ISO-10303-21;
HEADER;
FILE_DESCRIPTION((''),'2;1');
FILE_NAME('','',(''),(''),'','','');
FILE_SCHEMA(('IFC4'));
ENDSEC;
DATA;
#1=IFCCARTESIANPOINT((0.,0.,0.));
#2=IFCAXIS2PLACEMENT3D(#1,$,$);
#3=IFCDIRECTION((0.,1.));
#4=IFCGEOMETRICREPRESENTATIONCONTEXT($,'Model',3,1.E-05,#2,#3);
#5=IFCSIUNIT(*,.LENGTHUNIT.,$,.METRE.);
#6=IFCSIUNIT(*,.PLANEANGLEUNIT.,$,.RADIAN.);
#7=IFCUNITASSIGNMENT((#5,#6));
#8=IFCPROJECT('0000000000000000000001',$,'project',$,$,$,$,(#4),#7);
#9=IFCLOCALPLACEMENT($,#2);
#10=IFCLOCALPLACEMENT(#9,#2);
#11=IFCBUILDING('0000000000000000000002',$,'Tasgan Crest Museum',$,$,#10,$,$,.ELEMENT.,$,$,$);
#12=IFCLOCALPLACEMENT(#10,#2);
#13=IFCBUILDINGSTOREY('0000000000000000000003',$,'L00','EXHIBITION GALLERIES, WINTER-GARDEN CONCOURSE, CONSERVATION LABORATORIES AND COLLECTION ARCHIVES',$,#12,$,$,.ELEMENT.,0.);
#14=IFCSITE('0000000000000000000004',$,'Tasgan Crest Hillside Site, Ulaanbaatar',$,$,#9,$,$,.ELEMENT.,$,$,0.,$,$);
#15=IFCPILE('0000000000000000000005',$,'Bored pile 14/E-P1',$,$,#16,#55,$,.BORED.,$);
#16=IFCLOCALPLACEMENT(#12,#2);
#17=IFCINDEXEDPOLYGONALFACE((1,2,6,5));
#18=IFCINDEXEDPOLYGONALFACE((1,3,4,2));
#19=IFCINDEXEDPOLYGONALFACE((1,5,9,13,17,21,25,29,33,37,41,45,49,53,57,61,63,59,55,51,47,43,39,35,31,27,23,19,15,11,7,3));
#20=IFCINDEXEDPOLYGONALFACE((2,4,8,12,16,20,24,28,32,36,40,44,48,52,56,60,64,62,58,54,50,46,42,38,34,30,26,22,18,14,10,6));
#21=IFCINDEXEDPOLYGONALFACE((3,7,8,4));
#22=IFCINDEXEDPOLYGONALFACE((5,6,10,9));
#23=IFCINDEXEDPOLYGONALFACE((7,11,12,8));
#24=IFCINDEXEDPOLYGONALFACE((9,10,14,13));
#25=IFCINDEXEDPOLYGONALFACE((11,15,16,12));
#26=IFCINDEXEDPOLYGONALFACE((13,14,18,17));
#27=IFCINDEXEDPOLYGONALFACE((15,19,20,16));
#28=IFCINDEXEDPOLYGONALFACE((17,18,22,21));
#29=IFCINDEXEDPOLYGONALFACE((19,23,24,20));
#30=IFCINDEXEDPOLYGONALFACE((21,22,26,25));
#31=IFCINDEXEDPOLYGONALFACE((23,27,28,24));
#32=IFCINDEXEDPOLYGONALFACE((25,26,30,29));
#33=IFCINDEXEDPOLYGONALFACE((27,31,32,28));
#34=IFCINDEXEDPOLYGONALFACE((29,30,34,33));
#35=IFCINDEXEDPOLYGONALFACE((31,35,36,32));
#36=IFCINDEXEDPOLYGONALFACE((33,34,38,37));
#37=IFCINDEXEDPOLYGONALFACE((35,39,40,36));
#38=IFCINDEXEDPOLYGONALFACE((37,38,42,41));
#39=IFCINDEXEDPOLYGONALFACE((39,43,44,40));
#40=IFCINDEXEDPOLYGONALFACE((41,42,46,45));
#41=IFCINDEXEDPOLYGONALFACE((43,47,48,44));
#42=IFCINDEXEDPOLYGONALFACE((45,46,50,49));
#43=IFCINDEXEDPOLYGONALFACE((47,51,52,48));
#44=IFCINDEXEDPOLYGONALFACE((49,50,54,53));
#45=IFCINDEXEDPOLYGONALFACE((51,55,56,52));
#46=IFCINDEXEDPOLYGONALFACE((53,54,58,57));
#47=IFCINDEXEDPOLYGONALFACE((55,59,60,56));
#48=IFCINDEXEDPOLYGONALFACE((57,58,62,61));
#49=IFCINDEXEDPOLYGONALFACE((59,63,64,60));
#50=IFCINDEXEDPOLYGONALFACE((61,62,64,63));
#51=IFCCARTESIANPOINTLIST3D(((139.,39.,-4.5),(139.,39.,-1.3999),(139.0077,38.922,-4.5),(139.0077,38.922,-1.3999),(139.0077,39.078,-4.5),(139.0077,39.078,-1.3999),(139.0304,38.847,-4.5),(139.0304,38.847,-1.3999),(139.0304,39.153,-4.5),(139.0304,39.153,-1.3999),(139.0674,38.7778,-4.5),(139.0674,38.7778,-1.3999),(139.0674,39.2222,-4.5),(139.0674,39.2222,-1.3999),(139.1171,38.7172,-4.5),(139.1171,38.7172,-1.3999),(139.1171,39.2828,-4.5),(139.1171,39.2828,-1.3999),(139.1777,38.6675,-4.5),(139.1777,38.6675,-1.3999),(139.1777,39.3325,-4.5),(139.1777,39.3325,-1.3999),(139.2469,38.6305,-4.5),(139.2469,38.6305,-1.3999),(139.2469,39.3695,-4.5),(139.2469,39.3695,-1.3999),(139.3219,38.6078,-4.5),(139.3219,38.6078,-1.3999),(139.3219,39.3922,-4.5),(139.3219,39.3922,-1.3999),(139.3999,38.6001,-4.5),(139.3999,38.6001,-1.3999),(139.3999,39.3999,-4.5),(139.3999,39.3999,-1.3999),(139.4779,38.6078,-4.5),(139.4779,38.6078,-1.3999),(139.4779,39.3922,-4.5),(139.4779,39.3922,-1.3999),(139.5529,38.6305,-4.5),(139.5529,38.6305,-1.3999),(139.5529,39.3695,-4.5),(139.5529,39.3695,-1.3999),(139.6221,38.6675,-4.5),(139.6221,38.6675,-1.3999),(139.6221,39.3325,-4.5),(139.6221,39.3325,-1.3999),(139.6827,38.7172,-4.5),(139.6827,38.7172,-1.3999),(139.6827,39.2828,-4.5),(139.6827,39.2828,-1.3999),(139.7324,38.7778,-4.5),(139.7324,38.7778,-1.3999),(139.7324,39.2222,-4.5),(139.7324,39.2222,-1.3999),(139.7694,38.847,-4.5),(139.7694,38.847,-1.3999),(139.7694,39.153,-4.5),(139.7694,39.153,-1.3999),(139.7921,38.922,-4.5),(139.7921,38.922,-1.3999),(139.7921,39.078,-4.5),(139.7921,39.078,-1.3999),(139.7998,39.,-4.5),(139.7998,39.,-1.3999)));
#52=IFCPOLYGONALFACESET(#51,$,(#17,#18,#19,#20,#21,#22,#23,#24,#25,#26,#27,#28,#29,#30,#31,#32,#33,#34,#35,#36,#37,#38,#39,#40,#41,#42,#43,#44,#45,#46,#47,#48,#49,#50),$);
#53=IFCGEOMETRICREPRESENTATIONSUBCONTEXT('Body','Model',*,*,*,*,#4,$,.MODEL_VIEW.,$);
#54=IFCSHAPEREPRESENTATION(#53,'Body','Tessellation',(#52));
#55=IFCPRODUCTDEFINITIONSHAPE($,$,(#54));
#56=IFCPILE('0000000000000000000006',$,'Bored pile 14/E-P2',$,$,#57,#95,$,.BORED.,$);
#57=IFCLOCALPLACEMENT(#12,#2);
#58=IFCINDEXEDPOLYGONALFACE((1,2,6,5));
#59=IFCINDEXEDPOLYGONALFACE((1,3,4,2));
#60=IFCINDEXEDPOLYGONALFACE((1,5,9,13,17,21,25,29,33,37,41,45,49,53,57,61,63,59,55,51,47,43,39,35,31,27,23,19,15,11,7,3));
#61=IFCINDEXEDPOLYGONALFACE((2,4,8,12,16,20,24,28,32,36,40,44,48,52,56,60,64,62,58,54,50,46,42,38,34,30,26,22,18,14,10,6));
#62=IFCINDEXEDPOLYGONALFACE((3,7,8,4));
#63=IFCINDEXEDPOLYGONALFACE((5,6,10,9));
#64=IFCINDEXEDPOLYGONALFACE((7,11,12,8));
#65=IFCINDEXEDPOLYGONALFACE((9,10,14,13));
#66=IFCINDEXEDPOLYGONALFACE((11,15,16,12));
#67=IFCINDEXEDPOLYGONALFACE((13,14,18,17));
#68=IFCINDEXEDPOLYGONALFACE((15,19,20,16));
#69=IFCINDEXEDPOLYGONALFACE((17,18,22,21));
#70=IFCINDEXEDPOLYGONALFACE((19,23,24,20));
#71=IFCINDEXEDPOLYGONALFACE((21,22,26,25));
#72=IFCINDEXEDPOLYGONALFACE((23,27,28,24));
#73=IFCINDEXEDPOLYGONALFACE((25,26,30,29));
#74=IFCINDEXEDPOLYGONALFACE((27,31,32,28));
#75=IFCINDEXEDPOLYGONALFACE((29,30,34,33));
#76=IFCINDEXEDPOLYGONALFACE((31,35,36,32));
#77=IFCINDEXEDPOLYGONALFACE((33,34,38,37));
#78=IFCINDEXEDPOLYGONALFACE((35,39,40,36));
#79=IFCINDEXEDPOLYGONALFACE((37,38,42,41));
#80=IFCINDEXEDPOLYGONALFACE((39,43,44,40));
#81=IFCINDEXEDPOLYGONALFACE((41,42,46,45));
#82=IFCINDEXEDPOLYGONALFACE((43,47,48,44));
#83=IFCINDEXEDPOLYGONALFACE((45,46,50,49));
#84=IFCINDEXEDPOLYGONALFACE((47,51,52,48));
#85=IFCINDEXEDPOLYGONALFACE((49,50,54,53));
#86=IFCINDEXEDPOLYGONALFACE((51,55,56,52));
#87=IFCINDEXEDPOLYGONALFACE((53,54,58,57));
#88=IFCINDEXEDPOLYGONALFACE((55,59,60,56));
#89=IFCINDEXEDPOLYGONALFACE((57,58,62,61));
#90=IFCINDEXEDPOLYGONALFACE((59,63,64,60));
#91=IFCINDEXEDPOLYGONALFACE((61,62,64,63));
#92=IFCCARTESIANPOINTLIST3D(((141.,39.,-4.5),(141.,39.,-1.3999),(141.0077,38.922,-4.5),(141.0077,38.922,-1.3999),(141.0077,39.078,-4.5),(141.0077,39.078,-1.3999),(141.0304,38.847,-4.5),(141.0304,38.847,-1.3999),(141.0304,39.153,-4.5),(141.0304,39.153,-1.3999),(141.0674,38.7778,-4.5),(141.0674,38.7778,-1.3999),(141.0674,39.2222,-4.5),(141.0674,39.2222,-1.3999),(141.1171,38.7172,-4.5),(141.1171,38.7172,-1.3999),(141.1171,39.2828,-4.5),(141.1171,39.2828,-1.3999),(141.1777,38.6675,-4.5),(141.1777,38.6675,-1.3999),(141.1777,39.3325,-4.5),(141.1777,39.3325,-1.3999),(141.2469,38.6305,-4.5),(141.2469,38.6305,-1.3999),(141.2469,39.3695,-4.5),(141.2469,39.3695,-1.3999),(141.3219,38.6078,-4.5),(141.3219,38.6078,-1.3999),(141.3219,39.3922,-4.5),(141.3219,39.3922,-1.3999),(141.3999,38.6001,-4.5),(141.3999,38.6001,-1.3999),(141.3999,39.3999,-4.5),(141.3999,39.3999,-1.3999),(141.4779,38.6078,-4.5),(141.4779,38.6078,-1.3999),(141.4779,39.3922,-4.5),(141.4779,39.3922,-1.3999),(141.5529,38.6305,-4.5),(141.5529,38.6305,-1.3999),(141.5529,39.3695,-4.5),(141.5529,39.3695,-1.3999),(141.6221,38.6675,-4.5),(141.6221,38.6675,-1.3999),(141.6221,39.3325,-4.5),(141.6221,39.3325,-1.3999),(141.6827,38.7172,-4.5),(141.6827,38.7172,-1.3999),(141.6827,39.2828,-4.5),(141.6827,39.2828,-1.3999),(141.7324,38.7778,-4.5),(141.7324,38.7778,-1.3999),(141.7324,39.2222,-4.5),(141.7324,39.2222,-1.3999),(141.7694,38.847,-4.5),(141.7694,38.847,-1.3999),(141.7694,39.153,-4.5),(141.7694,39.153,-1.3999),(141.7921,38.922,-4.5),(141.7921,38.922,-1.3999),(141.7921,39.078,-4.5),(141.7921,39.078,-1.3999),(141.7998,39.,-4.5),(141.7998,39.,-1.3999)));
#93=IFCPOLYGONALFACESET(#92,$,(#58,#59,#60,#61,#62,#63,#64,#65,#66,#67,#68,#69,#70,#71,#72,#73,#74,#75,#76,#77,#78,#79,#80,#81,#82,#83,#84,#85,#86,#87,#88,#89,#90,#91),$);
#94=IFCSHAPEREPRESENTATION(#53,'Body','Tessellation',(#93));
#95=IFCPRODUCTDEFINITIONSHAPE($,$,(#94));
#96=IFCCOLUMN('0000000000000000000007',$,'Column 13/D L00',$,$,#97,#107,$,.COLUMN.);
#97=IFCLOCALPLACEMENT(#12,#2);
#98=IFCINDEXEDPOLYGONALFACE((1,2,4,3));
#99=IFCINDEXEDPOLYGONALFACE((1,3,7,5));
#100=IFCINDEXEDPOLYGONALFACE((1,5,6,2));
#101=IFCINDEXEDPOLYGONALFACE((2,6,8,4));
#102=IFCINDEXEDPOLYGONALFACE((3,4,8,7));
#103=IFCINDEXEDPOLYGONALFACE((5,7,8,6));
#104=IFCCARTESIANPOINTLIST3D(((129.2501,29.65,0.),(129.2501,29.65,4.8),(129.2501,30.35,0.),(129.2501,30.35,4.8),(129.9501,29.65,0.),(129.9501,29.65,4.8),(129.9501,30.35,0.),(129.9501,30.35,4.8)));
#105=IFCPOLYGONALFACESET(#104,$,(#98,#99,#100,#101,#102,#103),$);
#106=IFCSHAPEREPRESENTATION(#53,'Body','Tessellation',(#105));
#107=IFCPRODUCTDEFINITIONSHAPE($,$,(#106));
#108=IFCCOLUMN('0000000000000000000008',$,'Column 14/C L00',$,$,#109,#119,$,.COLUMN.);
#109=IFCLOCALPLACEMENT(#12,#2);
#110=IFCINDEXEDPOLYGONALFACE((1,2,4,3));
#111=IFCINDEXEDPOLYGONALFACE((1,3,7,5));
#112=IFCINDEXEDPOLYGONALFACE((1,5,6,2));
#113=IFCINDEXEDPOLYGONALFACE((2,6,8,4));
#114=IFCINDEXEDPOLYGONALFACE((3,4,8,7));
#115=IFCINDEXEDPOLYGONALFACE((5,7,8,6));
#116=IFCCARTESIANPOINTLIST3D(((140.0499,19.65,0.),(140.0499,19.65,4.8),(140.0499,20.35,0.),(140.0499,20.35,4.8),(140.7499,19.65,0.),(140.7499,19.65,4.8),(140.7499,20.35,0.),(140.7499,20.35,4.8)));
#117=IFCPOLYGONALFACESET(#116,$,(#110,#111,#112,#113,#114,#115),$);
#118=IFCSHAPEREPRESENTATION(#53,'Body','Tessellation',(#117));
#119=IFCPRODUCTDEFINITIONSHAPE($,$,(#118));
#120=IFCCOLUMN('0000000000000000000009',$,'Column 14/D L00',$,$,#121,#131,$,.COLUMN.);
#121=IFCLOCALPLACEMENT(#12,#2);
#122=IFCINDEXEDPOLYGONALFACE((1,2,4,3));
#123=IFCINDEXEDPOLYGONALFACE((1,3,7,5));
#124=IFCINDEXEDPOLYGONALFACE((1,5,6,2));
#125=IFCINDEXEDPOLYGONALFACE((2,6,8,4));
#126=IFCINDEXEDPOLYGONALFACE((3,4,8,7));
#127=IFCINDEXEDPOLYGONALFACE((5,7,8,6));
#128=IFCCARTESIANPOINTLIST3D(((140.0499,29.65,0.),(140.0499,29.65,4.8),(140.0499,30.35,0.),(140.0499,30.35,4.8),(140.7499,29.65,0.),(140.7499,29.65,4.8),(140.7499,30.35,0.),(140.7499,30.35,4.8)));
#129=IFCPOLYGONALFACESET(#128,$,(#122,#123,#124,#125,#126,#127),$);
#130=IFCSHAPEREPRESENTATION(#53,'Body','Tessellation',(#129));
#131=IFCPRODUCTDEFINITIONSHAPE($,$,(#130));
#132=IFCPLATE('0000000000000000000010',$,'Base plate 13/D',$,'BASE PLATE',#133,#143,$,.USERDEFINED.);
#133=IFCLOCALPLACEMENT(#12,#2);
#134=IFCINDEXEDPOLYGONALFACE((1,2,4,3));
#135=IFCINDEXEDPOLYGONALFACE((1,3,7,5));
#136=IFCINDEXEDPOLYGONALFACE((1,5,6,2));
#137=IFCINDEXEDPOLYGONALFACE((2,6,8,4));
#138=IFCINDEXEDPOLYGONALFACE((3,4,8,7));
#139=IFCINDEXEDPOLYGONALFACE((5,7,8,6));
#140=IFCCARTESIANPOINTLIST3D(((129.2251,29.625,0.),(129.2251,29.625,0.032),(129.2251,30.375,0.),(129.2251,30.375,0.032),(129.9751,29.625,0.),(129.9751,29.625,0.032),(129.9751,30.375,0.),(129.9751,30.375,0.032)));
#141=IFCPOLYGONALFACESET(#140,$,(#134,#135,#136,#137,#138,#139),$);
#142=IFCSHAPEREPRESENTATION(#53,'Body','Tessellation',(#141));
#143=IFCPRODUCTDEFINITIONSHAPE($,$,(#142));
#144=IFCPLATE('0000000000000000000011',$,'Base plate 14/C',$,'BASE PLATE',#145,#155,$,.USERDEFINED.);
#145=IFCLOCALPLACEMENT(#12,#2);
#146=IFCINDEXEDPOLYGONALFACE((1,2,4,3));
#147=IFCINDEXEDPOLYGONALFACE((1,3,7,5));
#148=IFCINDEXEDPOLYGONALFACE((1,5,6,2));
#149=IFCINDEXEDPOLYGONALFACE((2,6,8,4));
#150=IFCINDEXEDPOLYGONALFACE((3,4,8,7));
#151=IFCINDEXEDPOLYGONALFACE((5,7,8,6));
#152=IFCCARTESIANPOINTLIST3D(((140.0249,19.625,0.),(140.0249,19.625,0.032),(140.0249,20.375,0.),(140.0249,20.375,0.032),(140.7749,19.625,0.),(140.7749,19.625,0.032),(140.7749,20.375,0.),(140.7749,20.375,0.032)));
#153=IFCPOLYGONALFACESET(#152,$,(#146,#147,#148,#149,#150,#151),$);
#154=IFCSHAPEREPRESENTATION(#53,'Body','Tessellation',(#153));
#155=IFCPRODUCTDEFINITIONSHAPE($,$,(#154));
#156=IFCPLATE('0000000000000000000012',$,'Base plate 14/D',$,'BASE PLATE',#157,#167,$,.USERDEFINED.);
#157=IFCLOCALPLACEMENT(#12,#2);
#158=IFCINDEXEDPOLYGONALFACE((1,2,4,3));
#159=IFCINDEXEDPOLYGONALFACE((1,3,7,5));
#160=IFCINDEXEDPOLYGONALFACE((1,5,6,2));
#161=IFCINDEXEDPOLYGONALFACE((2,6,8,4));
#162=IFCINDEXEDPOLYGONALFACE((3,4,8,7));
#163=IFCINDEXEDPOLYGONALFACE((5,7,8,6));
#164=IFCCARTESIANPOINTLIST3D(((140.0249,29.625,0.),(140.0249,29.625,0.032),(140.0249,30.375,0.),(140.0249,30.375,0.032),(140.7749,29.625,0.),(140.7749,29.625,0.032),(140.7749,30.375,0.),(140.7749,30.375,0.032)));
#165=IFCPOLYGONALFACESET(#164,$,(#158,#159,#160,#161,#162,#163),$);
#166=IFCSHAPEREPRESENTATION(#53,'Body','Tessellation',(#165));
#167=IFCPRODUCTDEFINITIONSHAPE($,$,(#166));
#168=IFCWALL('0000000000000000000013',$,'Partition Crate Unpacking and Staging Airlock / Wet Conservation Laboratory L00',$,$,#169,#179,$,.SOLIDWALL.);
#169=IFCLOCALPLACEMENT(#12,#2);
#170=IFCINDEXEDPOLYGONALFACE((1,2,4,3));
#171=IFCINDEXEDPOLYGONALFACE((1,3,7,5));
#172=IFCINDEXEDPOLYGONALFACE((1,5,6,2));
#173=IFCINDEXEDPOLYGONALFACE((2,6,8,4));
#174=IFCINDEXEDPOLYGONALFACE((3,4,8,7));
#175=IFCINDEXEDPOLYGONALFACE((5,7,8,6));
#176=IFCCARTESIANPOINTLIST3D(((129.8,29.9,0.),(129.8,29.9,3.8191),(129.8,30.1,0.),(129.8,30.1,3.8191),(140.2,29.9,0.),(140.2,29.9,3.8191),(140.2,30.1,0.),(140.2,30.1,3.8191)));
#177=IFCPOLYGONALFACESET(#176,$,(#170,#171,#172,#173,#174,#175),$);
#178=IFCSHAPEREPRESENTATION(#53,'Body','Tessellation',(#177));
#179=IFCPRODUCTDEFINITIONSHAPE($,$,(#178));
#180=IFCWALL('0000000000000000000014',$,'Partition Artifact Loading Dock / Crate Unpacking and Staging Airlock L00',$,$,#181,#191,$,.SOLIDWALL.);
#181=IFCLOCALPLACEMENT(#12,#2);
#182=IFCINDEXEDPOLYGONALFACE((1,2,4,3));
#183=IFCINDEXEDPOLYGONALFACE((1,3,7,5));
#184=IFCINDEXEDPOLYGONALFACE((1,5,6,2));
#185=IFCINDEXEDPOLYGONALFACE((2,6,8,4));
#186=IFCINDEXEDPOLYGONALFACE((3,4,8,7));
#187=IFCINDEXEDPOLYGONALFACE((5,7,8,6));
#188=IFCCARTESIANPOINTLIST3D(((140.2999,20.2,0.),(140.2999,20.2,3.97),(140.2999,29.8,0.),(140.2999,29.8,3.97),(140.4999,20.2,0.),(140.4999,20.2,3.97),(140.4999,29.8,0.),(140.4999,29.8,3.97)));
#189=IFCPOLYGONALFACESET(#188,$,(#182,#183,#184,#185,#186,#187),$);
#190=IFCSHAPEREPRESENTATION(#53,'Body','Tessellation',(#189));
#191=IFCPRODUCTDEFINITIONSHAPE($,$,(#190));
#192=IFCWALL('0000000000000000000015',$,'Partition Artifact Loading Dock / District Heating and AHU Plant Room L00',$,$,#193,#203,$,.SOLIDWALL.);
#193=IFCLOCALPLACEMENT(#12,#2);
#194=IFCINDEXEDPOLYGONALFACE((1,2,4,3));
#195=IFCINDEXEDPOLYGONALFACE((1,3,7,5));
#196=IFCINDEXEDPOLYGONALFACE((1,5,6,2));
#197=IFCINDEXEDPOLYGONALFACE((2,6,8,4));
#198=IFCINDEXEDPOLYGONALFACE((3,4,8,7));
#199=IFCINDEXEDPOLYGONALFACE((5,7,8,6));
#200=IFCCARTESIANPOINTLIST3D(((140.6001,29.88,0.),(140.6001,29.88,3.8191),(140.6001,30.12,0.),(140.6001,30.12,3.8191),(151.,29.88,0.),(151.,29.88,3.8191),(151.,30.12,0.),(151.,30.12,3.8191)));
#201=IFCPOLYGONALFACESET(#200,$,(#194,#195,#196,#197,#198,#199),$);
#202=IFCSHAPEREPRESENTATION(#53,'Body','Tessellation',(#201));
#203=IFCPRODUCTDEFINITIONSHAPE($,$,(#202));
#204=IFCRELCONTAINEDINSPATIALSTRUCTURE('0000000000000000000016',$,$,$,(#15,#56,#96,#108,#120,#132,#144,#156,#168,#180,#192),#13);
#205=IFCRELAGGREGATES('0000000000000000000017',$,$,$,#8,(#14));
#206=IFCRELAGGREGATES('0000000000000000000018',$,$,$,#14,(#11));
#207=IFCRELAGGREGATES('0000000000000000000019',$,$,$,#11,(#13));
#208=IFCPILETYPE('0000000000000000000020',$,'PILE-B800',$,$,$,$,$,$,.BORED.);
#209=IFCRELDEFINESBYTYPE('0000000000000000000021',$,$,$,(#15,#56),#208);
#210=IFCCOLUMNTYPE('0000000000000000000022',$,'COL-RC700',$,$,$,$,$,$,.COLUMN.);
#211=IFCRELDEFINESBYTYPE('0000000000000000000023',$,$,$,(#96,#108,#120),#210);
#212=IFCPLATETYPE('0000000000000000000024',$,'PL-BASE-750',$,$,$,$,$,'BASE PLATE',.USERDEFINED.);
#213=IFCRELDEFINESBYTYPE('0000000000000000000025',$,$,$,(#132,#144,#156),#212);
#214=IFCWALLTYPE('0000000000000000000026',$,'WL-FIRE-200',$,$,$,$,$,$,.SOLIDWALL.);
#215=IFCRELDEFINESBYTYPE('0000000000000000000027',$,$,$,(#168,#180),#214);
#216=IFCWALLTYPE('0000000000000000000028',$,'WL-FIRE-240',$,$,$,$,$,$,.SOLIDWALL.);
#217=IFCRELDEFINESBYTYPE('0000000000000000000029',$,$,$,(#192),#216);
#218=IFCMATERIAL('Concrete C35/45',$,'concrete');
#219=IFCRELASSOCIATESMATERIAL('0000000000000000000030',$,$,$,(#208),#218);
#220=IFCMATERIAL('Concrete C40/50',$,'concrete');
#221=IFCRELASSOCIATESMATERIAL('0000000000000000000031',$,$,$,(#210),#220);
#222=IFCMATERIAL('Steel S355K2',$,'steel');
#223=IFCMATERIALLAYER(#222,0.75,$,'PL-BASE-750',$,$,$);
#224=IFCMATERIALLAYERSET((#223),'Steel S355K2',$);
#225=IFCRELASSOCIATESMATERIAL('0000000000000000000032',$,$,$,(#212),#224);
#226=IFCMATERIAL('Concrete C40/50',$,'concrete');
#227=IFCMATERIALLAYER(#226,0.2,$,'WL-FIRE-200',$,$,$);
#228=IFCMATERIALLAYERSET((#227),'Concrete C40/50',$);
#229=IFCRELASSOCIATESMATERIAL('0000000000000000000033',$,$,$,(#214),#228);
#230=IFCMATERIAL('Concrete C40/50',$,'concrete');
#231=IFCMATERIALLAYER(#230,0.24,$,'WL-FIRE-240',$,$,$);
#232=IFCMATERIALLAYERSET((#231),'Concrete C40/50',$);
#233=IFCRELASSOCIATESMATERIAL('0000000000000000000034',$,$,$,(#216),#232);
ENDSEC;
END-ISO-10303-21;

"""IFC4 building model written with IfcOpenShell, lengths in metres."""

from ifc_helpers import new_model, si_unit, direction, frame, frame_2d, origin, origin_2d, place, context, subcontext, project, spatial, rectangle, circle, extrude, material, layer, layer_set, material_profile, profile_set, type_object, element, save


model = new_model("IFC4")

# Units and contexts
model_context = context("Model", 3, precision=1e-05, world=origin(), true_north=direction((0.0, 1.0)))
body_context = subcontext(model_context, "Body", "Model", "MODEL_VIEW")
ifc_project = project(units=[si_unit("LENGTHUNIT", "METRE"), si_unit("PLANEANGLEUNIT", "RADIAN")], contexts=[model_context])

# Site, building, storey
site_placement = place(None, origin())
site = spatial("IfcSite", under=ifc_project, at=site_placement, Name="Tasgan Crest Hillside Site, Ulaanbaatar", CompositionType="ELEMENT", RefElevation=0.0)
building_placement = place(site_placement, origin())
building = spatial("IfcBuilding", under=site, at=building_placement, Name="Tasgan Crest Museum", CompositionType="ELEMENT")
storey_placement = place(building_placement, origin())
storey = spatial("IfcBuildingStorey", under=building, at=storey_placement, Name="L00", Description="EXHIBITION GALLERIES, WINTER-GARDEN CONCOURSE, CONSERVATION LABORATORIES AND COLLECTION ARCHIVES", CompositionType="ELEMENT", Elevation=0.0)

# Piles
ifc_material_1 = material(Name="Concrete C35/45", Category="concrete")
ifc_material_profile_1 = material_profile(ifc_material_1, circle(Radius=0.3999, at=origin_2d()), Name="PILE D800")
ifc_profile_set_1 = profile_set([ifc_material_profile_1], Name="Concrete C35/45")
pile_type = type_object("IfcPileType", Name="PILE-B800", PredefinedType="BORED", material=ifc_profile_set_1)
for number, where, z_axis, x_axis, name in (
    (1, (139.3999, 39.0, -1.3999), (0.0, 0.0, -1.0), (1.0, 0.0, 0.0), "Bored pile 14/E-P1"),
    (2, (141.3999, 39.0, -1.3999), (0.0, 0.0, -1.0), (1.0, 0.0, 0.0), "Bored pile 14/E-P2"),
):
    element("IfcPile", number, at=place(storey_placement, frame(where, z_axis=z_axis, x_axis=x_axis)), inside=storey, type_object=pile_type, Name=name, PredefinedType="BORED", context=body_context, shape_type="SweptSolid", body=[
        extrude(circle(Radius=0.3999, at=origin_2d()), origin(), (0.0, 0.0, 1.0), 3.1001),
    ])

# Columns
ifc_material_2 = material(Name="Concrete C40/50", Category="concrete")
ifc_material_profile_2 = material_profile(ifc_material_2, rectangle(XDim=0.7, YDim=0.7, at=origin_2d()), Name="RC 700x700")
ifc_profile_set_2 = profile_set([ifc_material_profile_2], Name="Concrete C40/50")
column_type = type_object("IfcColumnType", Name="COL-RC700", PredefinedType="COLUMN", material=ifc_profile_set_2)
for number, where, z_axis, x_axis, name in (
    (3, (129.6001, 30.0, 0.0), (0.0, 0.0, 1.0), (1.0, 0.0, 0.0), "Column 13/D L00"),
    (4, (140.3999, 20.0, 0.0), (0.0, 0.0, 1.0), (1.0, 0.0, 0.0), "Column 14/C L00"),
    (5, (140.3999, 30.0, 0.0), (0.0, 0.0, 1.0), (1.0, 0.0, 0.0), "Column 14/D L00"),
):
    element("IfcColumn", number, at=place(storey_placement, frame(where, z_axis=z_axis, x_axis=x_axis)), inside=storey, type_object=column_type, Name=name, PredefinedType="COLUMN", context=body_context, shape_type="SweptSolid", body=[
        extrude(rectangle(XDim=0.7, YDim=0.7, at=origin_2d()), origin(), (0.0, 0.0, 1.0), 4.8),
    ])

# Plates
ifc_material_3 = material(Name="Steel S355K2", Category="steel")
ifc_layer_1 = layer(ifc_material_3, 0.75, Name="PL-BASE-750")
ifc_layer_set_1 = layer_set([ifc_layer_1], Name="Steel S355K2")
plate_type = type_object("IfcPlateType", Name="PL-BASE-750", ElementType="BASE PLATE", PredefinedType="USERDEFINED", material=ifc_layer_set_1)
for number, where, z_axis, x_axis, name in (
    (6, (129.6001, 30.0, 0.0), (0.0, 0.0, 1.0), (1.0, 0.0, 0.0), "Base plate 13/D"),
    (7, (140.3999, 20.0, 0.0), (0.0, 0.0, 1.0), (1.0, 0.0, 0.0), "Base plate 14/C"),
    (8, (140.3999, 30.0, 0.0), (0.0, 0.0, 1.0), (1.0, 0.0, 0.0), "Base plate 14/D"),
):
    element("IfcPlate", number, at=place(storey_placement, frame(where, z_axis=z_axis, x_axis=x_axis)), inside=storey, type_object=plate_type, Name=name, ObjectType="BASE PLATE", PredefinedType="USERDEFINED", context=body_context, shape_type="SweptSolid", body=[
        extrude(rectangle(XDim=0.75, YDim=0.75, at=origin_2d()), origin(), (0.0, 0.0, 1.0), 0.032),
    ])

# Walls
ifc_material_4 = material(Name="Concrete C40/50", Category="concrete")
ifc_layer_2 = layer(ifc_material_4, 0.2, Name="WL-FIRE-200")
ifc_layer_set_2 = layer_set([ifc_layer_2], Name="Concrete C40/50")
wall_type_1 = type_object("IfcWallType", Name="WL-FIRE-200", PredefinedType="SOLIDWALL", material=ifc_layer_set_2)
wall_1_placement = place(storey_placement, frame((129.8, 30.0, 0.0), z_axis=(0.0, 0.0, 1.0), x_axis=(1.0, 0.0, 0.0)))
element("IfcWall", 9, at=wall_1_placement, inside=storey, type_object=wall_type_1, Name="Partition Crate Unpacking and Staging Airlock / Wet Conservation Laboratory L00", PredefinedType="SOLIDWALL", context=body_context, shape_type="SweptSolid", body=[
    extrude(rectangle(XDim=10.3999, YDim=0.2, at=frame_2d((5.2, 0.0))), origin(), (0.0, 0.0, 1.0), 3.8191),
])
wall_2_placement = place(storey_placement, frame((140.3999, 20.2, 0.0), z_axis=(0.0, 0.0, 1.0), x_axis=(0.0, 1.0, 0.0)))
element("IfcWall", 10, at=wall_2_placement, inside=storey, type_object=wall_type_1, Name="Partition Artifact Loading Dock / Crate Unpacking and Staging Airlock L00", PredefinedType="SOLIDWALL", context=body_context, shape_type="SweptSolid", body=[
    extrude(rectangle(XDim=9.6001, YDim=0.2, at=frame_2d((4.8, 0.0))), origin(), (0.0, 0.0, 1.0), 3.97),
])
ifc_material_5 = material(Name="Concrete C40/50", Category="concrete")
ifc_layer_3 = layer(ifc_material_5, 0.24, Name="WL-FIRE-240")
ifc_layer_set_3 = layer_set([ifc_layer_3], Name="Concrete C40/50")
wall_type_2 = type_object("IfcWallType", Name="WL-FIRE-240", PredefinedType="SOLIDWALL", material=ifc_layer_set_3)
wall_3_placement = place(storey_placement, frame((140.6001, 30.0, 0.0), z_axis=(0.0, 0.0, 1.0), x_axis=(1.0, 0.0, 0.0)))
element("IfcWall", 11, at=wall_3_placement, inside=storey, type_object=wall_type_2, Name="Partition Artifact Loading Dock / District Heating and AHU Plant Room L00", PredefinedType="SOLIDWALL", context=body_context, shape_type="SweptSolid", body=[
    extrude(rectangle(XDim=10.3999, YDim=0.24, at=frame_2d((5.2, 0.0))), origin(), (0.0, 0.0, 1.0), 3.8191),
])

save(model, "model.ifc")
